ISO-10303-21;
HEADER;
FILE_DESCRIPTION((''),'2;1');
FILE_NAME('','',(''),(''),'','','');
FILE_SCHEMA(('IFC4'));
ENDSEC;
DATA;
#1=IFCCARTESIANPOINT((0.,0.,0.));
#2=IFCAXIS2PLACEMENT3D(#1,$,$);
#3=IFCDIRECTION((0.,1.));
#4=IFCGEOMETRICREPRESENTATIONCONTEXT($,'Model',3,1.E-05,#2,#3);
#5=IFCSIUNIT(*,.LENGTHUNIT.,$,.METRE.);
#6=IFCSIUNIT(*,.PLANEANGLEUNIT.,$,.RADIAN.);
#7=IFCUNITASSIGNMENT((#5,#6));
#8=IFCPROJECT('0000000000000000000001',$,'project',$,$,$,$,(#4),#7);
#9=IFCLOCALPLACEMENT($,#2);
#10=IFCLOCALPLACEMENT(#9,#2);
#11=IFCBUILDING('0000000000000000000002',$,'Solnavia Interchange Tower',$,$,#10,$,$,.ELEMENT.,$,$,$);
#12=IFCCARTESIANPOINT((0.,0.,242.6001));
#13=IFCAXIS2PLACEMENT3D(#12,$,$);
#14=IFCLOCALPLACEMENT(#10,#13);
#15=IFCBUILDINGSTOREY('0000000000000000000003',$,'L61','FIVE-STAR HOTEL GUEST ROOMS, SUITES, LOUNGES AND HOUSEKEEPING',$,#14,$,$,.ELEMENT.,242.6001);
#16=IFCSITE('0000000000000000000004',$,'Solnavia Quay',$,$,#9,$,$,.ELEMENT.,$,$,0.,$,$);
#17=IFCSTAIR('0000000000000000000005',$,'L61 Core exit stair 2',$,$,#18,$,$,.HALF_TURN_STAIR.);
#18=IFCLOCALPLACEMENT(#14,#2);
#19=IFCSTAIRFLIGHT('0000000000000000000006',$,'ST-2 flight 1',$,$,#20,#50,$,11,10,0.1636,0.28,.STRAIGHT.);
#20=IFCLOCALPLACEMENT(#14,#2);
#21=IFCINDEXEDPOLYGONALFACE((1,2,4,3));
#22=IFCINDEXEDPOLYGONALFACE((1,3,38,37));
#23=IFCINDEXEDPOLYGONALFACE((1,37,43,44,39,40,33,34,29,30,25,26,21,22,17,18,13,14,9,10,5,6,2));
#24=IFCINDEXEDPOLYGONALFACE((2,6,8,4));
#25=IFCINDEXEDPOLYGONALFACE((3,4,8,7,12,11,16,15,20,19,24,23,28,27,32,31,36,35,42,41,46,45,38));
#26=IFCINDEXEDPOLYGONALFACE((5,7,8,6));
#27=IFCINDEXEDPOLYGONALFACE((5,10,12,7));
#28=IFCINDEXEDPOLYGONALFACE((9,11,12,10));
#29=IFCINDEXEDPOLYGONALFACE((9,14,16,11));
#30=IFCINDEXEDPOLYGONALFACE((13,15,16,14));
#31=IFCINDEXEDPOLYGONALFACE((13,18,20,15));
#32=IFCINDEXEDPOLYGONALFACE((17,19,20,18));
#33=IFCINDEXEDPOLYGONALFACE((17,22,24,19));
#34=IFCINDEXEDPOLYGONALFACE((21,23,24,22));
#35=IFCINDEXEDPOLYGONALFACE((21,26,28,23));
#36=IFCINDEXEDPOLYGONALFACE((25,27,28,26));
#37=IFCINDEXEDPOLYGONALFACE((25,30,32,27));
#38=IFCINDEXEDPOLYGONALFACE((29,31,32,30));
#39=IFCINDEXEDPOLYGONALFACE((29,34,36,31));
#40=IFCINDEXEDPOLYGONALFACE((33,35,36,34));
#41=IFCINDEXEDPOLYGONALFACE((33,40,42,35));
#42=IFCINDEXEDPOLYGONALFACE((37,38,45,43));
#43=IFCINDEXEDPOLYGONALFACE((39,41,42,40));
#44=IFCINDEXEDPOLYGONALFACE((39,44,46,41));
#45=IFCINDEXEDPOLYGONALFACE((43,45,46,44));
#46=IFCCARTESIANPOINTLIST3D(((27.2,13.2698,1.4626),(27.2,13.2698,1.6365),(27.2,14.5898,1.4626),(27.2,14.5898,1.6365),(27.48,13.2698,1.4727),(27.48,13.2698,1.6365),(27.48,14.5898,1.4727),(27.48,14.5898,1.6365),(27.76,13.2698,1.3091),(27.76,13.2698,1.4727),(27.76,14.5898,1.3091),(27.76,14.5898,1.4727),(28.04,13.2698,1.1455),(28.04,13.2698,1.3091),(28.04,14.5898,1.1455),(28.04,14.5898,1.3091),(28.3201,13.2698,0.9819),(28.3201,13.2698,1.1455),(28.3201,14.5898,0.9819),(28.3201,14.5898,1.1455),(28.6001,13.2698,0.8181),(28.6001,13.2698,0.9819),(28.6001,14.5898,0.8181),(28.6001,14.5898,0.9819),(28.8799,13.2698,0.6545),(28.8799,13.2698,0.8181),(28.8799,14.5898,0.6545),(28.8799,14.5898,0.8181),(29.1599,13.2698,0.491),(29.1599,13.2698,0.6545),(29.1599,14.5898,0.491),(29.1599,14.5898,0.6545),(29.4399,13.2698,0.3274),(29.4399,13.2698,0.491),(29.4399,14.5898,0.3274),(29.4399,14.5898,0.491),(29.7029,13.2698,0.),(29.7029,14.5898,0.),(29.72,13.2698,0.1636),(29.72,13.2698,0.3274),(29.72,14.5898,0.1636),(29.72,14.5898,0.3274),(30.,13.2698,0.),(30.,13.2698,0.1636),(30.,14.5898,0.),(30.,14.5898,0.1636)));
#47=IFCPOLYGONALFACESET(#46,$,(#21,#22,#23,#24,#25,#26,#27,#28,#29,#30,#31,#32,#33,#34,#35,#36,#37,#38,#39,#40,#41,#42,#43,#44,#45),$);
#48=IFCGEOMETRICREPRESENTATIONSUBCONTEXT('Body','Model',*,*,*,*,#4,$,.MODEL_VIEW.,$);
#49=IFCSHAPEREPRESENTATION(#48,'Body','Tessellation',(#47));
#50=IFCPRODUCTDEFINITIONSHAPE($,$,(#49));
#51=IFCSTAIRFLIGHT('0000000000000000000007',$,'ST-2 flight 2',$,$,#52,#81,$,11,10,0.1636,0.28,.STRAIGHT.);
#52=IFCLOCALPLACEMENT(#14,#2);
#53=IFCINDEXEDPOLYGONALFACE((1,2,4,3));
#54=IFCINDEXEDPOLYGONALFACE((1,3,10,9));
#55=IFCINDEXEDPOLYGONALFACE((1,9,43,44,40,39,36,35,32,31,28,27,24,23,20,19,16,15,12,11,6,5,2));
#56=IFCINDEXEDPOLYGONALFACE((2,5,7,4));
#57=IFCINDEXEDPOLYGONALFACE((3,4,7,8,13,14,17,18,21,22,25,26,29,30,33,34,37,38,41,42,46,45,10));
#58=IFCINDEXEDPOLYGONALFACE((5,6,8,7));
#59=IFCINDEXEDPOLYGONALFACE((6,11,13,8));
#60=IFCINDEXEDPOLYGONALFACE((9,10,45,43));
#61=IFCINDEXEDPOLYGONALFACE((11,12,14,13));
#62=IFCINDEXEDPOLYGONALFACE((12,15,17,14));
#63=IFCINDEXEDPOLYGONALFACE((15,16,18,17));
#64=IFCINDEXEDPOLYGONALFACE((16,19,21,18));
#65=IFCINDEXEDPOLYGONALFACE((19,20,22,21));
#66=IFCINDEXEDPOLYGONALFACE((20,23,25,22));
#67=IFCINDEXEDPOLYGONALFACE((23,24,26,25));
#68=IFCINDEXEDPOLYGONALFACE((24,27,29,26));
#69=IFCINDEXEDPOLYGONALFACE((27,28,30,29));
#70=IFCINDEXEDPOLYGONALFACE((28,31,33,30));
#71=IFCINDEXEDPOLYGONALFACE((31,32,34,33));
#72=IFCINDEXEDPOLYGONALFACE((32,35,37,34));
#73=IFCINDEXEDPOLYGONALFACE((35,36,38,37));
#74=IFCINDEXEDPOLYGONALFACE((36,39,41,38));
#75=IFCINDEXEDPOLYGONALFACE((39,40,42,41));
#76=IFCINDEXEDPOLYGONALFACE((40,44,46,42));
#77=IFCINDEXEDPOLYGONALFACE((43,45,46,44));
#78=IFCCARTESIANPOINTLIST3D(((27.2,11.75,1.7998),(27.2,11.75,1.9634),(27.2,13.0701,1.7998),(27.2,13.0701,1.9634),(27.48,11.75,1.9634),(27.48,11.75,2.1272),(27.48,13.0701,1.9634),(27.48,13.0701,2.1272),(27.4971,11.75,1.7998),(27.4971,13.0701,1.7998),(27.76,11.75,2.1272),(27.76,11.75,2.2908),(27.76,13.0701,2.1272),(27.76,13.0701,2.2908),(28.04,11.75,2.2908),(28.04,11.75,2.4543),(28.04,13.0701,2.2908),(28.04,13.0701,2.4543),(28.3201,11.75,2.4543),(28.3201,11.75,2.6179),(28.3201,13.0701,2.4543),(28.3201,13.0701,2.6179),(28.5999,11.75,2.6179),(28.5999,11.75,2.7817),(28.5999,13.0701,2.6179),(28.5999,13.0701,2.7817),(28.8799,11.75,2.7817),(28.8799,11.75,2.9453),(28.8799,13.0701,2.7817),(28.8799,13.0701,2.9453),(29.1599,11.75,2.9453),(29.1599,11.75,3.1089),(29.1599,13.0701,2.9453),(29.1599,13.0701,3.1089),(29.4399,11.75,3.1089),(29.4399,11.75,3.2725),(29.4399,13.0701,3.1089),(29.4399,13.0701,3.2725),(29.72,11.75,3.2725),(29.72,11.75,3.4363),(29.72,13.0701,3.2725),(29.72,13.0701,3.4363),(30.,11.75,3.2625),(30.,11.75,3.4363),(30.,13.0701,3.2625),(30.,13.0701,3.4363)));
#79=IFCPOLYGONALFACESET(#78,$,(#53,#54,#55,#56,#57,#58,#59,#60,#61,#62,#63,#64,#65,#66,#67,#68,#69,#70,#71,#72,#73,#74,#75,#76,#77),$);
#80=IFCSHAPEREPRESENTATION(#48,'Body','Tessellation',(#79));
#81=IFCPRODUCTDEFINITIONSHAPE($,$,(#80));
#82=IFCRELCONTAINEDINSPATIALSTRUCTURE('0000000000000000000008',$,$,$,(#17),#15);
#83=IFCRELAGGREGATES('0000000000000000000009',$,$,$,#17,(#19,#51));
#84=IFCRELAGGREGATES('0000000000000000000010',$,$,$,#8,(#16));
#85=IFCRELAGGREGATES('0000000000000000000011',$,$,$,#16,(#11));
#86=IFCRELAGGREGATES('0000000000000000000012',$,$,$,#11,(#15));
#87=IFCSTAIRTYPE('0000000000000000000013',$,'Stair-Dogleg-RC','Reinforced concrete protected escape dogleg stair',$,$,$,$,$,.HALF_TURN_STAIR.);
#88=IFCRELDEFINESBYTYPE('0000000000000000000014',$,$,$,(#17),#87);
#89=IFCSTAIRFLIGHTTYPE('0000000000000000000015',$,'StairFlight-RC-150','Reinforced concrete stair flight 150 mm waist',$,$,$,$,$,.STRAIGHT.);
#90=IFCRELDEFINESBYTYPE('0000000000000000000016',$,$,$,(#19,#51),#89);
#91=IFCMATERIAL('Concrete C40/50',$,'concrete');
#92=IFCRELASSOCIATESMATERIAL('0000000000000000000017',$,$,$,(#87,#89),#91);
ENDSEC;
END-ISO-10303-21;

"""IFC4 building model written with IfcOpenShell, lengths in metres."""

from ifc_helpers import new_model, si_unit, direction, frame, origin, place, context, subcontext, project, spatial, polyline, outline, extrude, material, type_object, element, aggregate, save


model = new_model("IFC4")

# Units and contexts
model_context = context("Model", 3, precision=1e-05, world=origin(), true_north=direction((0.0, 1.0)))
body_context = subcontext(model_context, "Body", "Model", "MODEL_VIEW")
ifc_project = project(units=[si_unit("LENGTHUNIT", "METRE"), si_unit("PLANEANGLEUNIT", "RADIAN")], contexts=[model_context])

# Site, building, storey
site_placement = place(None, origin())
site = spatial("IfcSite", under=ifc_project, at=site_placement, Name="Solnavia Quay", CompositionType="ELEMENT", RefElevation=0.0)
building_placement = place(site_placement, origin())
building = spatial("IfcBuilding", under=site, at=building_placement, Name="Solnavia Interchange Tower", CompositionType="ELEMENT")
storey_placement = place(building_placement, frame((0.0, 0.0, 242.6001)))
storey = spatial("IfcBuildingStorey", under=building, at=storey_placement, Name="L61", Description="FIVE-STAR HOTEL GUEST ROOMS, SUITES, LOUNGES AND HOUSEKEEPING", CompositionType="ELEMENT", Elevation=242.6001)

# Shared definitions
ifc_material_1 = material(Name="Concrete C40/50", Category="concrete")

# Stair, stair flights
stair_type = type_object("IfcStairType", Name="Stair-Dogleg-RC", Description="Reinforced concrete protected escape dogleg stair", PredefinedType="HALF_TURN_STAIR", material=ifc_material_1)
stair_placement = place(storey_placement, origin())
stair = element("IfcStair", 1, at=stair_placement, inside=storey, type_object=stair_type, Name="L61 Core exit stair 2", PredefinedType="HALF_TURN_STAIR")
stair_flight_type = type_object("IfcStairFlightType", Name="StairFlight-RC-150", Description="Reinforced concrete stair flight 150 mm waist", PredefinedType="STRAIGHT", material=ifc_material_1)
stair_flight_1_placement = place(storey_placement, frame((30.0, 13.9299, 0.0), z_axis=(0.0, 0.0, 1.0), x_axis=(-1.0, 0.0, 0.0)))
stair_flight_1 = element("IfcStairFlight", 2, at=stair_flight_1_placement, type_object=stair_flight_type, Name="ST-2 flight 1", NumberOfRisers=11, NumberOfTreads=10, PredefinedType="STRAIGHT", RiserHeight=0.1636, TreadLength=0.28, context=body_context, shape_type="SweptSolid", body=[
    extrude(outline(polyline([(0.0, 0.0), (0.0, 0.1636), (0.28, 0.1636), (0.28, 0.3274), (0.5601, 0.3274), (0.5601, 0.491), (0.8401, 0.491), (0.8401, 0.6545), (1.1201, 0.6545), (1.1201, 0.8181), (1.3999, 0.8181), (1.3999, 0.9819), (1.6799, 0.9819), (1.6799, 1.1455), (1.96, 1.1455), (1.96, 1.3091), (2.24, 1.3091), (2.24, 1.4727), (2.52, 1.4727), (2.52, 1.6365), (2.8, 1.6365), (2.8, 1.8), (2.8, 1.4626), (0.2971, 0.0), (0.0, 0.0)])), frame((0.0, 0.6602, 0.0), z_axis=(0.0, -1.0, 0.0), x_axis=(1.0, 0.0, 0.0)), (0.0, 0.0, 1.0), 1.3201),
])
stair_flight_2_placement = place(storey_placement, frame((27.2, 12.4099, 1.7998), z_axis=(0.0, 0.0, 1.0), x_axis=(1.0, 0.0, 0.0)))
stair_flight_2 = element("IfcStairFlight", 3, at=stair_flight_2_placement, type_object=stair_flight_type, Name="ST-2 flight 2", NumberOfRisers=11, NumberOfTreads=10, PredefinedType="STRAIGHT", RiserHeight=0.1636, TreadLength=0.28, context=body_context, shape_type="SweptSolid", body=[
    extrude(outline(polyline([(0.0, 0.0), (0.0, 0.1636), (0.28, 0.1636), (0.28, 0.3274), (0.5601, 0.3274), (0.5601, 0.491), (0.8401, 0.491), (0.8401, 0.6545), (1.1201, 0.6545), (1.1201, 0.8181), (1.3999, 0.8181), (1.3999, 0.9819), (1.6799, 0.9819), (1.6799, 1.1455), (1.96, 1.1455), (1.96, 1.3091), (2.24, 1.3091), (2.24, 1.4727), (2.52, 1.4727), (2.52, 1.6365), (2.8, 1.6365), (2.8, 1.8), (2.8, 1.4626), (0.2971, 0.0), (0.0, 0.0)])), frame((0.0, 0.6602, 0.0), z_axis=(0.0, -1.0, 0.0), x_axis=(1.0, 0.0, 0.0)), (0.0, 0.0, 1.0), 1.3201),
])
aggregate(stair, [stair_flight_1, stair_flight_2])

save(model, "model.ifc")
